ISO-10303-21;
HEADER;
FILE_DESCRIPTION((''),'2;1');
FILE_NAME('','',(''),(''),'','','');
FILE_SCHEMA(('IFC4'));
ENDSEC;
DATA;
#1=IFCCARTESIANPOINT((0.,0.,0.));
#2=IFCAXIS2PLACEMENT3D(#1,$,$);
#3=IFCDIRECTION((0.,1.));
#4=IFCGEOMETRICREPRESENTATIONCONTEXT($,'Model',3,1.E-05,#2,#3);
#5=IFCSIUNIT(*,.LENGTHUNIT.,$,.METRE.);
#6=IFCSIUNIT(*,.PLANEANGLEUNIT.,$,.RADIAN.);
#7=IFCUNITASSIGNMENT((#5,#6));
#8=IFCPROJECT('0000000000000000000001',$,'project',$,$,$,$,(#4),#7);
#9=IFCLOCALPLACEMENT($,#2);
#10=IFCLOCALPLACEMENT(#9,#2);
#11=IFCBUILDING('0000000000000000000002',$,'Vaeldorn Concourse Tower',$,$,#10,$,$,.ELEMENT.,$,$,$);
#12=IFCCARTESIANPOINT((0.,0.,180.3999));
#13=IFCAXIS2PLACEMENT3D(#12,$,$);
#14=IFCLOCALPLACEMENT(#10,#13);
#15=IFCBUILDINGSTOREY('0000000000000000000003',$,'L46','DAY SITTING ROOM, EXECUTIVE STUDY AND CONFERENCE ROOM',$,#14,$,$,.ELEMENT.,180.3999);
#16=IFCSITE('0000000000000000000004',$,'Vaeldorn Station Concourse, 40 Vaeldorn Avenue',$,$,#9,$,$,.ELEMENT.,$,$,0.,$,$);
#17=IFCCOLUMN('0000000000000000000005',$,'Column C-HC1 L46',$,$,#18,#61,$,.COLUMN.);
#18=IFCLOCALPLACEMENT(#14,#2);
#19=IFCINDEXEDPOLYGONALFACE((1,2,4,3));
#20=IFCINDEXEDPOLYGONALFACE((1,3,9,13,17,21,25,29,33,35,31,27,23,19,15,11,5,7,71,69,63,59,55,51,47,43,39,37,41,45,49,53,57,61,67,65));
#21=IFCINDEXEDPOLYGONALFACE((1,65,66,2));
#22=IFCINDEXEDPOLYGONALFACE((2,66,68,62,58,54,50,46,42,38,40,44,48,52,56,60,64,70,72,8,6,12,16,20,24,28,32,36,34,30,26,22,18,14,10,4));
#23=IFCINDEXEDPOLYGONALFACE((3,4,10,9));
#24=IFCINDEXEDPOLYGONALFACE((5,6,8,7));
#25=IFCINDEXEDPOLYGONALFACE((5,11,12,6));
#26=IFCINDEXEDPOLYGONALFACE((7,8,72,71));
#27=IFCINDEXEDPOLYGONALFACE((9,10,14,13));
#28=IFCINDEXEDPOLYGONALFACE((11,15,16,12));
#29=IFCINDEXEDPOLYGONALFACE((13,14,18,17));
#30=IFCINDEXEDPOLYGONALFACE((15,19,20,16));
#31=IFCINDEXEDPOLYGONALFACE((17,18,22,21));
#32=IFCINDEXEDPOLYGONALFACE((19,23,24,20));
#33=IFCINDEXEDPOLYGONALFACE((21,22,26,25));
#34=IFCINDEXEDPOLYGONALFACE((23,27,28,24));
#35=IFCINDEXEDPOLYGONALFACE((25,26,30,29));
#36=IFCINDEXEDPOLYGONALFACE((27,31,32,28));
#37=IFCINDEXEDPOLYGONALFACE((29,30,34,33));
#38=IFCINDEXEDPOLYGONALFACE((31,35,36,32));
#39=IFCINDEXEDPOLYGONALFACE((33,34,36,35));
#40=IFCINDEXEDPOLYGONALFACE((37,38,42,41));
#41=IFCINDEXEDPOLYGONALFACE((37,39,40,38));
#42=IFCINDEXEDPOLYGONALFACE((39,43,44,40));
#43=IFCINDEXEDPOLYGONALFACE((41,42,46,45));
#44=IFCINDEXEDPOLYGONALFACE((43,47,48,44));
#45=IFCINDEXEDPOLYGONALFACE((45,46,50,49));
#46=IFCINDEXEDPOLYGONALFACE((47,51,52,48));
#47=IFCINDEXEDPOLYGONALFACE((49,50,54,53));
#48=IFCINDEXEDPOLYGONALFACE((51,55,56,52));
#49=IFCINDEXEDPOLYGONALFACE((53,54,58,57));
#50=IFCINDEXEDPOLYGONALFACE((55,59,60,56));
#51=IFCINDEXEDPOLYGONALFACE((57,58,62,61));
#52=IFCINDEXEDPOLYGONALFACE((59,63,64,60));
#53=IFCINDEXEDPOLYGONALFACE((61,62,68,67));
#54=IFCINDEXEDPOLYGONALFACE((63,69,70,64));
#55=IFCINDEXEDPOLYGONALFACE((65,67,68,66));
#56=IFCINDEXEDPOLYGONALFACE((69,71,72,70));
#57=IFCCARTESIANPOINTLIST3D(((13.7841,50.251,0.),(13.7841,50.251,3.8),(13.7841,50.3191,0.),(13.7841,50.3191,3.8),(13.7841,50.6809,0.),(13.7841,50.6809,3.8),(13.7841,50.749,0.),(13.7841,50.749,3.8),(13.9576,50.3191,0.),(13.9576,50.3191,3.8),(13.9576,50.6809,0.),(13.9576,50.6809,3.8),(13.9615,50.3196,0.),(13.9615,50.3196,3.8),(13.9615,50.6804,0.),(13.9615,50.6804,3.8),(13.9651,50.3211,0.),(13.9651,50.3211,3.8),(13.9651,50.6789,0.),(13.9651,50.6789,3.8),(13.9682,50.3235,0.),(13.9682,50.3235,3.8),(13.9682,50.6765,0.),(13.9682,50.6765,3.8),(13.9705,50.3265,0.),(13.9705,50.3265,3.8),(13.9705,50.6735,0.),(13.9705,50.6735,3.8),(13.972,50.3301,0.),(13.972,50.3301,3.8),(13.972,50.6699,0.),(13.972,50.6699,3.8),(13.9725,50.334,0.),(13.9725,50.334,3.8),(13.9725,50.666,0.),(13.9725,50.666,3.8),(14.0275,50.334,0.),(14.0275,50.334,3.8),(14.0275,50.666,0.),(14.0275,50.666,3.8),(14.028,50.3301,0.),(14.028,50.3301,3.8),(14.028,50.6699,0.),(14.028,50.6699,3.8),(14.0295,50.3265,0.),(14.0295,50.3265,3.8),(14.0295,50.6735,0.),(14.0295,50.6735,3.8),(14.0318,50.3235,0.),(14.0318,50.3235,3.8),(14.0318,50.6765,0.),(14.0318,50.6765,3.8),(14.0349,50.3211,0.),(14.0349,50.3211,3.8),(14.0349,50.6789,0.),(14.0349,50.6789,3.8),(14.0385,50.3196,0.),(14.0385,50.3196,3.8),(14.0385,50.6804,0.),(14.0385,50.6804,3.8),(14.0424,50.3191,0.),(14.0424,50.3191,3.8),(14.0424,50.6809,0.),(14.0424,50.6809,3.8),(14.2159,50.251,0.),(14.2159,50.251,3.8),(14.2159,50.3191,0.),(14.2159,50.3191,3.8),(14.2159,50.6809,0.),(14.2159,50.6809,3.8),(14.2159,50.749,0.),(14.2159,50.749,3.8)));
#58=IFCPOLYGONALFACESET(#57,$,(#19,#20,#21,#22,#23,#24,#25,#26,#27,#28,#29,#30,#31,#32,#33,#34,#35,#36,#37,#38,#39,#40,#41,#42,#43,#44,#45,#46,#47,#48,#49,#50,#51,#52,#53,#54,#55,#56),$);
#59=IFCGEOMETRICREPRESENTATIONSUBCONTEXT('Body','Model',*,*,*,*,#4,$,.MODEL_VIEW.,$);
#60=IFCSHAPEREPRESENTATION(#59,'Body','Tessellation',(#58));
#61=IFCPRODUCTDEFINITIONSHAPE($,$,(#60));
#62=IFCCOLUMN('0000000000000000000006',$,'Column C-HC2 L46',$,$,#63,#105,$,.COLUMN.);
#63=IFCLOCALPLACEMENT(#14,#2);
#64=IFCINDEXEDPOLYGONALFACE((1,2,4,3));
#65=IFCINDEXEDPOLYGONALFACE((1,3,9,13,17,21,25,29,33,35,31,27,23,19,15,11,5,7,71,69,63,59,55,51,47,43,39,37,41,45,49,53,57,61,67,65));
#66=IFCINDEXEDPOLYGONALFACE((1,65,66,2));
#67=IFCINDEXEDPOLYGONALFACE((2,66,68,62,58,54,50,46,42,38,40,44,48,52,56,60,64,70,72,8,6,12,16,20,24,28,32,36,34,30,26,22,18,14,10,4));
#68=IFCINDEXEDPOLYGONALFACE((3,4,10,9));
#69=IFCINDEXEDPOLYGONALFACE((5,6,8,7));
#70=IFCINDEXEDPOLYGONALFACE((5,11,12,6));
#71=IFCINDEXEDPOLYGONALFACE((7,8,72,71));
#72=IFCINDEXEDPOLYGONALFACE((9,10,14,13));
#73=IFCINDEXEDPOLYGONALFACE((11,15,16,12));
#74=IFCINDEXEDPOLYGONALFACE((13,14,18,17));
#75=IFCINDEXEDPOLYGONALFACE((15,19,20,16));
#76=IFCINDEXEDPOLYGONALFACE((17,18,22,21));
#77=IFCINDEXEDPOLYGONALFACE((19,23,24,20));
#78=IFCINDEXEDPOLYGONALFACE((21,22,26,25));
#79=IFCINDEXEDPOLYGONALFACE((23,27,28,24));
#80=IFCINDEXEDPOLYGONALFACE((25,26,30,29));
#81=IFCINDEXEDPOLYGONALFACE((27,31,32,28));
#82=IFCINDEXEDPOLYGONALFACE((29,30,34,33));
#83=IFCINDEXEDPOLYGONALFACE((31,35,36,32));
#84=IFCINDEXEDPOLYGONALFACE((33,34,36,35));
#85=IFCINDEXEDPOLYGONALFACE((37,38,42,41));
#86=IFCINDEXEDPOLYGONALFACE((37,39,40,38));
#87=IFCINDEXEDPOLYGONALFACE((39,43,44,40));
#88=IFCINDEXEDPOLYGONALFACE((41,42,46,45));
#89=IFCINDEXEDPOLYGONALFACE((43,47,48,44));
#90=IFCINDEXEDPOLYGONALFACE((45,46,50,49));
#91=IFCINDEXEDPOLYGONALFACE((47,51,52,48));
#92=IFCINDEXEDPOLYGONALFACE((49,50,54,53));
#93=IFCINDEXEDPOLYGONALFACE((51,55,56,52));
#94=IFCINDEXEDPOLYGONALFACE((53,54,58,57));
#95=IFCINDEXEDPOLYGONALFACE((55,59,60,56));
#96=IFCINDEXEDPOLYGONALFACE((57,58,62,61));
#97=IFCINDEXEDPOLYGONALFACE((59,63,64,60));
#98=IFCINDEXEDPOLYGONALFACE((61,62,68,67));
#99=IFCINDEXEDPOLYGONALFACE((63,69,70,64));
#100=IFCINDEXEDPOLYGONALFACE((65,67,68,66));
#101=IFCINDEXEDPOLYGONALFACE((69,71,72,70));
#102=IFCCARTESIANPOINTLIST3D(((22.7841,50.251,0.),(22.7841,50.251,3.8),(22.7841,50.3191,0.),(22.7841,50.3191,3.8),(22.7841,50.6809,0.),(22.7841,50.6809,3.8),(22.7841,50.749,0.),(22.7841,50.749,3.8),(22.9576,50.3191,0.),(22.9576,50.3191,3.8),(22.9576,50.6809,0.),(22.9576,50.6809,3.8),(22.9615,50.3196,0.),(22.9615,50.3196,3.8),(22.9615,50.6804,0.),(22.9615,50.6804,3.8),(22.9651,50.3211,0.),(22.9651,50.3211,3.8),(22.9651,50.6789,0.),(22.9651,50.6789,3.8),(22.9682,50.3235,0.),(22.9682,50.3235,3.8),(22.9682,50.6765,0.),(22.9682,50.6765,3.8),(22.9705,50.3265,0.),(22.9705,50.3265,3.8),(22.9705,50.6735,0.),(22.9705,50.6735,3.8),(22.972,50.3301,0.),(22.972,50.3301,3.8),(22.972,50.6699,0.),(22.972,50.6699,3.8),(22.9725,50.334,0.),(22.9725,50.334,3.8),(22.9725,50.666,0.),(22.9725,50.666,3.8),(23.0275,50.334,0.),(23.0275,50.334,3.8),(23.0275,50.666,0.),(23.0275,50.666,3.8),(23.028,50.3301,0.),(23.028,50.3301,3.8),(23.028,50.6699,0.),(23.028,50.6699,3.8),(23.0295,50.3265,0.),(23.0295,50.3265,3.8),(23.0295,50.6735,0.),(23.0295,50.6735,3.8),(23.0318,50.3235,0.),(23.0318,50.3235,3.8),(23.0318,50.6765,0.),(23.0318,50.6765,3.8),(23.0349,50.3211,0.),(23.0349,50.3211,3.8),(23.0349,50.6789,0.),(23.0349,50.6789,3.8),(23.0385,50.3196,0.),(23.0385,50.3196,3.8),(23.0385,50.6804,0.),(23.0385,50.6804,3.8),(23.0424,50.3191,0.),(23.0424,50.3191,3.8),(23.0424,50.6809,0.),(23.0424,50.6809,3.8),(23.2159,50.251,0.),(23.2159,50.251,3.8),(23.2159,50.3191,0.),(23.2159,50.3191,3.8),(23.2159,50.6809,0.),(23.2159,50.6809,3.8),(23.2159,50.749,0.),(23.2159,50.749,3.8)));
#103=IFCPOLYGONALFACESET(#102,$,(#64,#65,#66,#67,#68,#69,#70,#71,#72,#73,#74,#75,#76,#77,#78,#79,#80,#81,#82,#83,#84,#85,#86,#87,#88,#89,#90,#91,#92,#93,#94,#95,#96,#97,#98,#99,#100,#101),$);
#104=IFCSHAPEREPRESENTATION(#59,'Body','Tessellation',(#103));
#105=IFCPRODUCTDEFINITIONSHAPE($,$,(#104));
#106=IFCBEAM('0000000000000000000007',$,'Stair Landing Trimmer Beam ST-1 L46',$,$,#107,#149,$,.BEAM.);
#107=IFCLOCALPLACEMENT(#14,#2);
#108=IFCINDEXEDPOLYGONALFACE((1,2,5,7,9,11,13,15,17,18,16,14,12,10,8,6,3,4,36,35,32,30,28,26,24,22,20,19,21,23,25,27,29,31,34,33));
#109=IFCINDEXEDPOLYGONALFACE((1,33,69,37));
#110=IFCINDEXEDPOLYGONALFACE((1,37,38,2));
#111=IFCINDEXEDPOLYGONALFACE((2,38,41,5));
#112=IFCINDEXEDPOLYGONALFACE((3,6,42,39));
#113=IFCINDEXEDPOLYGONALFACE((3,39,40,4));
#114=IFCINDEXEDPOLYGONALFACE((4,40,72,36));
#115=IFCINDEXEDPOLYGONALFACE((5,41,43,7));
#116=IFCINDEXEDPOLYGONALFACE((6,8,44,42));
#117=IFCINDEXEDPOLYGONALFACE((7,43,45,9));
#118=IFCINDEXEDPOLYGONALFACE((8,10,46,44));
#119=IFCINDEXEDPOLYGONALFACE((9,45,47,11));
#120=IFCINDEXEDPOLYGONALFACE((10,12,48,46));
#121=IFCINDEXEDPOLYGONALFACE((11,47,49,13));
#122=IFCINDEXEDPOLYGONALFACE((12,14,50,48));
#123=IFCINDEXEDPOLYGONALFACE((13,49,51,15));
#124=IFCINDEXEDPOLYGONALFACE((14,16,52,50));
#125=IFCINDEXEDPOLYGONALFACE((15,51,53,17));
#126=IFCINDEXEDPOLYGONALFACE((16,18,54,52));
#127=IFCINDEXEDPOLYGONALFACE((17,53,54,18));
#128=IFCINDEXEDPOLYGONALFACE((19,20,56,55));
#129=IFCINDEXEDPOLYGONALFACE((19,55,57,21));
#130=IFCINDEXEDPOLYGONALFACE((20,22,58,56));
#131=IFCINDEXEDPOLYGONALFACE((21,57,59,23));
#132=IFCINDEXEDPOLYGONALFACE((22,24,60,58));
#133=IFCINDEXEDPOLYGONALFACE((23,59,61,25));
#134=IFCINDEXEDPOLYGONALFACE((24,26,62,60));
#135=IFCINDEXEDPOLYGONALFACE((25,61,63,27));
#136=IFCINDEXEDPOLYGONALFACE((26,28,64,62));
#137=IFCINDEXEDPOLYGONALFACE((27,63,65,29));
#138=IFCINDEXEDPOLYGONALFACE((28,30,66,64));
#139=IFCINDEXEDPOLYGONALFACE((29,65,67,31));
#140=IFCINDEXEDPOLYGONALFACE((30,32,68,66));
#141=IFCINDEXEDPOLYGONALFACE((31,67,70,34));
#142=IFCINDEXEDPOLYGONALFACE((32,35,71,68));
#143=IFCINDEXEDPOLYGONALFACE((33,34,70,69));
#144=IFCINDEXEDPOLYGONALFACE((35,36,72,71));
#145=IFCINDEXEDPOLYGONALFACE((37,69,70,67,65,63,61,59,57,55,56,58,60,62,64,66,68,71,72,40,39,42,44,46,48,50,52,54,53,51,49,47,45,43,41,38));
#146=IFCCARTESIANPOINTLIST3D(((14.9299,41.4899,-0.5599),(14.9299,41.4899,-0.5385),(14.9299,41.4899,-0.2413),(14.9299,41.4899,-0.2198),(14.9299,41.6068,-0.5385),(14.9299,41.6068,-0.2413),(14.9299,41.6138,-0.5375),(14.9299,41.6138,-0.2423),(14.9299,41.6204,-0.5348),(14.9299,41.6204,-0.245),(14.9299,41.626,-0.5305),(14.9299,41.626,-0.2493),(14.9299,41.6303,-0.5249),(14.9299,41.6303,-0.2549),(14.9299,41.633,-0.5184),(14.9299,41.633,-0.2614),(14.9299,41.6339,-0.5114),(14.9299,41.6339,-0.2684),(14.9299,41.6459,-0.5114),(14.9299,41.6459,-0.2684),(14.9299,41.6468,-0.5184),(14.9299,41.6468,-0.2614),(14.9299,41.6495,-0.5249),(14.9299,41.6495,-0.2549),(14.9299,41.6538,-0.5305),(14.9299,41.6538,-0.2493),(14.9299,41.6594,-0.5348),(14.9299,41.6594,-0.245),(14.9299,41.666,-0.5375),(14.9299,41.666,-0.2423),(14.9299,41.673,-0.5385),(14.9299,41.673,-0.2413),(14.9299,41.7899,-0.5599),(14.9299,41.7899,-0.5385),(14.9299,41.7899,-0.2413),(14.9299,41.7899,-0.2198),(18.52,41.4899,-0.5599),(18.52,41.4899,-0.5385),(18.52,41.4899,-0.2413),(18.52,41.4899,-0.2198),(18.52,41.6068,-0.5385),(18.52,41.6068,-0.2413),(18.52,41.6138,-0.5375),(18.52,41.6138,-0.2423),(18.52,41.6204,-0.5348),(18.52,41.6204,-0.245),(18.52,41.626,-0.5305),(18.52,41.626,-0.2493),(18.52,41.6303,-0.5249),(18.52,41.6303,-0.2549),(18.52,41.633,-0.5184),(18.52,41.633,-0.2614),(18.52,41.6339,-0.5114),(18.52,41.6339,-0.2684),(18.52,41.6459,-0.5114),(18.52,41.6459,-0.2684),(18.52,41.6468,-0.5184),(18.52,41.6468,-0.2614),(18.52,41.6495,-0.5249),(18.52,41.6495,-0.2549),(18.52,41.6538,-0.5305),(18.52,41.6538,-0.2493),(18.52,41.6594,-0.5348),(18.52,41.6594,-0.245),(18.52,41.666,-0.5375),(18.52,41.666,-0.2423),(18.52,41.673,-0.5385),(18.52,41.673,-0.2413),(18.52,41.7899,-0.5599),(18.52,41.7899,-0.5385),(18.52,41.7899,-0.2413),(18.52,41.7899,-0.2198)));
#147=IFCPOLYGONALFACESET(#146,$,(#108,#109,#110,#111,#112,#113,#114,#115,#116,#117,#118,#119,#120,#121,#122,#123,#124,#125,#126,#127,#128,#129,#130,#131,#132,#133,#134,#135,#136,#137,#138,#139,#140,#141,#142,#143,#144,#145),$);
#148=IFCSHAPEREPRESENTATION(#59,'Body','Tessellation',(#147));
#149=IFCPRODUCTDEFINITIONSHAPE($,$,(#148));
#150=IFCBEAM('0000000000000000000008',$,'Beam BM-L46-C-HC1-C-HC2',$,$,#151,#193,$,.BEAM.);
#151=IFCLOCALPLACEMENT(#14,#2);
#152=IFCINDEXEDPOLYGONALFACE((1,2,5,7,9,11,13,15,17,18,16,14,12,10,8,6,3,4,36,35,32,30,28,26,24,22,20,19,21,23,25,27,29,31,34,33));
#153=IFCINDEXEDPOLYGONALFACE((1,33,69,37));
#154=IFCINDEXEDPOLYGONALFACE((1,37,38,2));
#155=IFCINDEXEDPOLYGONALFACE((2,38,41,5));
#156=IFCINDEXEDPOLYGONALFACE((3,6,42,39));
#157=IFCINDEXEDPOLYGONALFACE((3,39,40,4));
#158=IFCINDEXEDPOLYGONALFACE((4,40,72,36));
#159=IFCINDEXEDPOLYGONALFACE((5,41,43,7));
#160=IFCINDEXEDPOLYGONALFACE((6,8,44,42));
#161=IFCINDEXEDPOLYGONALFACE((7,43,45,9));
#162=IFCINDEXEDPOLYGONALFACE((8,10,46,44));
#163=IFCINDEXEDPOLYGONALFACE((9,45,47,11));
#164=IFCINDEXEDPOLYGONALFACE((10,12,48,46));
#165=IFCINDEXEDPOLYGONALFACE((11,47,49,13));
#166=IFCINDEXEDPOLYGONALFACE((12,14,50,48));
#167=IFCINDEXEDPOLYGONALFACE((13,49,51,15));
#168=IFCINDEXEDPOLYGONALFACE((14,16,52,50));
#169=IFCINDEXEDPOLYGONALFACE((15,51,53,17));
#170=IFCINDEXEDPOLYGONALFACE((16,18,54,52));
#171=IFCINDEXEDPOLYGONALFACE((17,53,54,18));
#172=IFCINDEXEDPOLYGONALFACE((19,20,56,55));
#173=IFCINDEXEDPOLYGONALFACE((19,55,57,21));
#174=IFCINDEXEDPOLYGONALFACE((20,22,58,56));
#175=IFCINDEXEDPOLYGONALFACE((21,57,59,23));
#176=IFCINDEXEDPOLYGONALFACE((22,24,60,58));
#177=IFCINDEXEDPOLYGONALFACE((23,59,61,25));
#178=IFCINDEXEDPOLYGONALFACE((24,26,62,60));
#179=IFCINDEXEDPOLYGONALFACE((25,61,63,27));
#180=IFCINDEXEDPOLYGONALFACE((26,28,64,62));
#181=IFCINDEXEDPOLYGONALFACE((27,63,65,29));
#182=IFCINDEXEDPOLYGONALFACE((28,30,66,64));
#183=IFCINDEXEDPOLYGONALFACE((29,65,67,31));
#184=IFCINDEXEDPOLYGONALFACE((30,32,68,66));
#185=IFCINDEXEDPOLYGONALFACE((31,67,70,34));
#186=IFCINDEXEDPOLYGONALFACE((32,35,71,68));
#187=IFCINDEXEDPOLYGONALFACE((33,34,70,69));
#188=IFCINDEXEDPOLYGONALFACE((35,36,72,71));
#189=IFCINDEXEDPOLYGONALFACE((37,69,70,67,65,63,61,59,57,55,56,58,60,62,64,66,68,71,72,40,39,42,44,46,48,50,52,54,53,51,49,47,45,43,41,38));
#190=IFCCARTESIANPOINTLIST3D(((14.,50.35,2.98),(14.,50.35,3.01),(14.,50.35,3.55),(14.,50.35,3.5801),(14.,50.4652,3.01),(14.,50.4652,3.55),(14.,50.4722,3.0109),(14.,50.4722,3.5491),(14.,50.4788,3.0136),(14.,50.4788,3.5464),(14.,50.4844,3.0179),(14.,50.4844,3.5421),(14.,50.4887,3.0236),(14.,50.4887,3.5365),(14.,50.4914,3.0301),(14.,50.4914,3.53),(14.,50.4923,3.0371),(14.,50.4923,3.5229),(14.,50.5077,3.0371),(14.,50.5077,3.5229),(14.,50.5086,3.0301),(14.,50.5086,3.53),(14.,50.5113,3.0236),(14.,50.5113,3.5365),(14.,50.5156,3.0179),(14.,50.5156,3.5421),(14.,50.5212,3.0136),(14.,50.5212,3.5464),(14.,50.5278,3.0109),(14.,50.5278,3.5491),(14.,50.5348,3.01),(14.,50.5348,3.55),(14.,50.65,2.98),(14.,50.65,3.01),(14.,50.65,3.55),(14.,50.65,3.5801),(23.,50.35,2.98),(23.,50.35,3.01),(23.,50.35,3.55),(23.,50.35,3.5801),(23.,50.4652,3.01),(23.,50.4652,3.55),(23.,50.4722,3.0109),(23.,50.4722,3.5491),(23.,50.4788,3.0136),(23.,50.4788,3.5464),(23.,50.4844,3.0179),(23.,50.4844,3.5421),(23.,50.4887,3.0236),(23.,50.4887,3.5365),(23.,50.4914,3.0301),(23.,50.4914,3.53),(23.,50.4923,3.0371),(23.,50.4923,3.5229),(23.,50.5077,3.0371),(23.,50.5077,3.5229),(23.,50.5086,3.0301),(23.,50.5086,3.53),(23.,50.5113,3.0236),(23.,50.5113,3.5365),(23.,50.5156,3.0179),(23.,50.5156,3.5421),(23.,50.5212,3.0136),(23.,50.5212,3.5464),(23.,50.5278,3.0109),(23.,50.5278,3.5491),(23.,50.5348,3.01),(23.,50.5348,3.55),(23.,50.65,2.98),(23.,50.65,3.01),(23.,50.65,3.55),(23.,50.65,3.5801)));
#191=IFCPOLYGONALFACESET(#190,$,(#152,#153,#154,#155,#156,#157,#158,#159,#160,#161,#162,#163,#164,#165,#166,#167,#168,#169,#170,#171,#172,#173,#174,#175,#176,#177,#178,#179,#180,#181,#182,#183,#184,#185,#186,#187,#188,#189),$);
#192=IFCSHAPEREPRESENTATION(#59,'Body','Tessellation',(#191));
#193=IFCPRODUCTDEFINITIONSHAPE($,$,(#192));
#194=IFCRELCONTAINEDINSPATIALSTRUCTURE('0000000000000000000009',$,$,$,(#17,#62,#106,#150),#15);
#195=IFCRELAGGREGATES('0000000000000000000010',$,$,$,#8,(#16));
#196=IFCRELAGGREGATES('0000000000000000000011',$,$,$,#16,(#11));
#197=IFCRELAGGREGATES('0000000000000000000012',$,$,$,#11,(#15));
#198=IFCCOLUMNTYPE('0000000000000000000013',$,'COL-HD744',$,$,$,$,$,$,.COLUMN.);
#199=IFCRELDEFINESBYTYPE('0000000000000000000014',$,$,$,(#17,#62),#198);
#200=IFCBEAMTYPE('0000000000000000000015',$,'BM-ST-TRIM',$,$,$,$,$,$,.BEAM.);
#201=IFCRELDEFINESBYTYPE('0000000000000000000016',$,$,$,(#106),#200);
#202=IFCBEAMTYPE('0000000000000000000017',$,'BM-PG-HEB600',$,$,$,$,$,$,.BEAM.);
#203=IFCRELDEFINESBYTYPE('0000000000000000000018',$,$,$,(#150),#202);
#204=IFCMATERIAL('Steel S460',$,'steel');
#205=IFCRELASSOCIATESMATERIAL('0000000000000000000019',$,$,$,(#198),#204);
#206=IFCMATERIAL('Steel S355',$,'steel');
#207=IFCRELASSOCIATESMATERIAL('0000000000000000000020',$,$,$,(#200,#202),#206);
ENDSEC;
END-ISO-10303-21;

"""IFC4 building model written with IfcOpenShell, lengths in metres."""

from ifc_helpers import new_model, si_unit, direction, frame, origin, origin_2d, place, context, subcontext, project, spatial, i_section, extrude, source, transform, mapped, material, material_profile, profile_set, type_object, element, save


model = new_model("IFC4")

# Units and contexts
model_context = context("Model", 3, precision=1e-05, world=origin(), true_north=direction((0.0, 1.0)))
body_context = subcontext(model_context, "Body", "Model", "MODEL_VIEW")
ifc_project = project(units=[si_unit("LENGTHUNIT", "METRE"), si_unit("PLANEANGLEUNIT", "RADIAN")], contexts=[model_context])

# Site, building, storey
site_placement = place(None, origin())
site = spatial("IfcSite", under=ifc_project, at=site_placement, Name="Vaeldorn Station Concourse, 40 Vaeldorn Avenue", CompositionType="ELEMENT", RefElevation=0.0)
building_placement = place(site_placement, origin())
building = spatial("IfcBuilding", under=site, at=building_placement, Name="Vaeldorn Concourse Tower", CompositionType="ELEMENT")
storey_placement = place(building_placement, frame((0.0, 0.0, 180.3999)))
storey = spatial("IfcBuildingStorey", under=building, at=storey_placement, Name="L46", Description="DAY SITTING ROOM, EXECUTIVE STUDY AND CONFERENCE ROOM", CompositionType="ELEMENT", Elevation=180.3999)

# Columns
ifc_material_1 = material(Name="Steel S460", Category="steel")
ifc_material_profile_1 = material_profile(ifc_material_1, i_section(OverallWidth=0.4319, OverallDepth=0.498, WebThickness=0.0549, FlangeThickness=0.0681, FilletRadius=0.0149, at=origin_2d()), Name="HD 400x744")
ifc_profile_set_1 = profile_set([ifc_material_profile_1], Name="Steel S460")
column_type = type_object("IfcColumnType", Name="COL-HD744", PredefinedType="COLUMN", material=ifc_profile_set_1)
shared_shape_1 = source(origin(), body_context, "Body", "SweptSolid", [
    extrude(i_section(OverallWidth=0.4319, OverallDepth=0.498, WebThickness=0.0549, FlangeThickness=0.0681, FilletRadius=0.0149, at=origin_2d()), origin(), (0.0, 0.0, 1.0), 3.8),
])
for number, where, z_axis, x_axis, name in (
    (1, (14.0, 50.5, 0.0), (0.0, 0.0, 1.0), (1.0, 0.0, 0.0), "Column C-HC1 L46"),
    (2, (23.0, 50.5, 0.0), (0.0, 0.0, 1.0), (1.0, 0.0, 0.0), "Column C-HC2 L46"),
):
    element("IfcColumn", number, at=place(storey_placement, frame(where, z_axis=z_axis, x_axis=x_axis)), inside=storey, type_object=column_type, Name=name, PredefinedType="COLUMN", context=body_context, shape_type="MappedRepresentation", body=[
        mapped(shared_shape_1, transform((0.0, 0.0, 0.0), scale=1.0)),
    ])

# Beams
ifc_material_2 = material(Name="Steel S355", Category="steel")
ifc_material_profile_2 = material_profile(ifc_material_2, i_section(OverallWidth=0.3, OverallDepth=0.3401, WebThickness=0.012, FlangeThickness=0.0215, FilletRadius=0.0271, at=origin_2d()), Name="HEB 340")
ifc_profile_set_2 = profile_set([ifc_material_profile_2], Name="Steel S355")
beam_type_1 = type_object("IfcBeamType", Name="BM-ST-TRIM", PredefinedType="BEAM", material=ifc_profile_set_2)
shared_shape_2 = source(origin(), body_context, "Body", "SweptSolid", [
    extrude(i_section(OverallWidth=0.3, OverallDepth=0.3401, WebThickness=0.012, FlangeThickness=0.0215, FilletRadius=0.0271, at=origin_2d()), origin(), (0.0, 0.0, 1.0), 3.5901),
])
beam_1_placement = place(storey_placement, frame((14.9299, 41.6399, -0.3899), z_axis=(1.0, 0.0, 0.0), x_axis=(0.0, 1.0, 0.0)))
element("IfcBeam", 3, at=beam_1_placement, inside=storey, type_object=beam_type_1, Name="Stair Landing Trimmer Beam ST-1 L46", PredefinedType="BEAM", context=body_context, shape_type="MappedRepresentation", body=[
    mapped(shared_shape_2, transform((0.0, 0.0, 0.0), scale=1.0)),
])
ifc_material_profile_3 = material_profile(ifc_material_2, i_section(OverallWidth=0.3, OverallDepth=0.6001, WebThickness=0.0154, FlangeThickness=0.03, FilletRadius=0.0271, at=origin_2d()), Name="HEB 600")
ifc_profile_set_3 = profile_set([ifc_material_profile_3], Name="Steel S355")
beam_type_2 = type_object("IfcBeamType", Name="BM-PG-HEB600", PredefinedType="BEAM", material=ifc_profile_set_3)
shared_shape_3 = source(origin(), body_context, "Body", "SweptSolid", [
    extrude(i_section(OverallWidth=0.3, OverallDepth=0.6001, WebThickness=0.0154, FlangeThickness=0.03, FilletRadius=0.0271, at=origin_2d()), origin(), (0.0, 0.0, 1.0), 9.0),
])
beam_2_placement = place(storey_placement, frame((14.0, 50.5, 3.28), z_axis=(1.0, 0.0, 0.0), x_axis=(0.0, 1.0, 0.0)))
element("IfcBeam", 4, at=beam_2_placement, inside=storey, type_object=beam_type_2, Name="Beam BM-L46-C-HC1-C-HC2", PredefinedType="BEAM", context=body_context, shape_type="MappedRepresentation", body=[
    mapped(shared_shape_3, transform((0.0, 0.0, 0.0), scale=1.0)),
])

save(model, "model.ifc")
